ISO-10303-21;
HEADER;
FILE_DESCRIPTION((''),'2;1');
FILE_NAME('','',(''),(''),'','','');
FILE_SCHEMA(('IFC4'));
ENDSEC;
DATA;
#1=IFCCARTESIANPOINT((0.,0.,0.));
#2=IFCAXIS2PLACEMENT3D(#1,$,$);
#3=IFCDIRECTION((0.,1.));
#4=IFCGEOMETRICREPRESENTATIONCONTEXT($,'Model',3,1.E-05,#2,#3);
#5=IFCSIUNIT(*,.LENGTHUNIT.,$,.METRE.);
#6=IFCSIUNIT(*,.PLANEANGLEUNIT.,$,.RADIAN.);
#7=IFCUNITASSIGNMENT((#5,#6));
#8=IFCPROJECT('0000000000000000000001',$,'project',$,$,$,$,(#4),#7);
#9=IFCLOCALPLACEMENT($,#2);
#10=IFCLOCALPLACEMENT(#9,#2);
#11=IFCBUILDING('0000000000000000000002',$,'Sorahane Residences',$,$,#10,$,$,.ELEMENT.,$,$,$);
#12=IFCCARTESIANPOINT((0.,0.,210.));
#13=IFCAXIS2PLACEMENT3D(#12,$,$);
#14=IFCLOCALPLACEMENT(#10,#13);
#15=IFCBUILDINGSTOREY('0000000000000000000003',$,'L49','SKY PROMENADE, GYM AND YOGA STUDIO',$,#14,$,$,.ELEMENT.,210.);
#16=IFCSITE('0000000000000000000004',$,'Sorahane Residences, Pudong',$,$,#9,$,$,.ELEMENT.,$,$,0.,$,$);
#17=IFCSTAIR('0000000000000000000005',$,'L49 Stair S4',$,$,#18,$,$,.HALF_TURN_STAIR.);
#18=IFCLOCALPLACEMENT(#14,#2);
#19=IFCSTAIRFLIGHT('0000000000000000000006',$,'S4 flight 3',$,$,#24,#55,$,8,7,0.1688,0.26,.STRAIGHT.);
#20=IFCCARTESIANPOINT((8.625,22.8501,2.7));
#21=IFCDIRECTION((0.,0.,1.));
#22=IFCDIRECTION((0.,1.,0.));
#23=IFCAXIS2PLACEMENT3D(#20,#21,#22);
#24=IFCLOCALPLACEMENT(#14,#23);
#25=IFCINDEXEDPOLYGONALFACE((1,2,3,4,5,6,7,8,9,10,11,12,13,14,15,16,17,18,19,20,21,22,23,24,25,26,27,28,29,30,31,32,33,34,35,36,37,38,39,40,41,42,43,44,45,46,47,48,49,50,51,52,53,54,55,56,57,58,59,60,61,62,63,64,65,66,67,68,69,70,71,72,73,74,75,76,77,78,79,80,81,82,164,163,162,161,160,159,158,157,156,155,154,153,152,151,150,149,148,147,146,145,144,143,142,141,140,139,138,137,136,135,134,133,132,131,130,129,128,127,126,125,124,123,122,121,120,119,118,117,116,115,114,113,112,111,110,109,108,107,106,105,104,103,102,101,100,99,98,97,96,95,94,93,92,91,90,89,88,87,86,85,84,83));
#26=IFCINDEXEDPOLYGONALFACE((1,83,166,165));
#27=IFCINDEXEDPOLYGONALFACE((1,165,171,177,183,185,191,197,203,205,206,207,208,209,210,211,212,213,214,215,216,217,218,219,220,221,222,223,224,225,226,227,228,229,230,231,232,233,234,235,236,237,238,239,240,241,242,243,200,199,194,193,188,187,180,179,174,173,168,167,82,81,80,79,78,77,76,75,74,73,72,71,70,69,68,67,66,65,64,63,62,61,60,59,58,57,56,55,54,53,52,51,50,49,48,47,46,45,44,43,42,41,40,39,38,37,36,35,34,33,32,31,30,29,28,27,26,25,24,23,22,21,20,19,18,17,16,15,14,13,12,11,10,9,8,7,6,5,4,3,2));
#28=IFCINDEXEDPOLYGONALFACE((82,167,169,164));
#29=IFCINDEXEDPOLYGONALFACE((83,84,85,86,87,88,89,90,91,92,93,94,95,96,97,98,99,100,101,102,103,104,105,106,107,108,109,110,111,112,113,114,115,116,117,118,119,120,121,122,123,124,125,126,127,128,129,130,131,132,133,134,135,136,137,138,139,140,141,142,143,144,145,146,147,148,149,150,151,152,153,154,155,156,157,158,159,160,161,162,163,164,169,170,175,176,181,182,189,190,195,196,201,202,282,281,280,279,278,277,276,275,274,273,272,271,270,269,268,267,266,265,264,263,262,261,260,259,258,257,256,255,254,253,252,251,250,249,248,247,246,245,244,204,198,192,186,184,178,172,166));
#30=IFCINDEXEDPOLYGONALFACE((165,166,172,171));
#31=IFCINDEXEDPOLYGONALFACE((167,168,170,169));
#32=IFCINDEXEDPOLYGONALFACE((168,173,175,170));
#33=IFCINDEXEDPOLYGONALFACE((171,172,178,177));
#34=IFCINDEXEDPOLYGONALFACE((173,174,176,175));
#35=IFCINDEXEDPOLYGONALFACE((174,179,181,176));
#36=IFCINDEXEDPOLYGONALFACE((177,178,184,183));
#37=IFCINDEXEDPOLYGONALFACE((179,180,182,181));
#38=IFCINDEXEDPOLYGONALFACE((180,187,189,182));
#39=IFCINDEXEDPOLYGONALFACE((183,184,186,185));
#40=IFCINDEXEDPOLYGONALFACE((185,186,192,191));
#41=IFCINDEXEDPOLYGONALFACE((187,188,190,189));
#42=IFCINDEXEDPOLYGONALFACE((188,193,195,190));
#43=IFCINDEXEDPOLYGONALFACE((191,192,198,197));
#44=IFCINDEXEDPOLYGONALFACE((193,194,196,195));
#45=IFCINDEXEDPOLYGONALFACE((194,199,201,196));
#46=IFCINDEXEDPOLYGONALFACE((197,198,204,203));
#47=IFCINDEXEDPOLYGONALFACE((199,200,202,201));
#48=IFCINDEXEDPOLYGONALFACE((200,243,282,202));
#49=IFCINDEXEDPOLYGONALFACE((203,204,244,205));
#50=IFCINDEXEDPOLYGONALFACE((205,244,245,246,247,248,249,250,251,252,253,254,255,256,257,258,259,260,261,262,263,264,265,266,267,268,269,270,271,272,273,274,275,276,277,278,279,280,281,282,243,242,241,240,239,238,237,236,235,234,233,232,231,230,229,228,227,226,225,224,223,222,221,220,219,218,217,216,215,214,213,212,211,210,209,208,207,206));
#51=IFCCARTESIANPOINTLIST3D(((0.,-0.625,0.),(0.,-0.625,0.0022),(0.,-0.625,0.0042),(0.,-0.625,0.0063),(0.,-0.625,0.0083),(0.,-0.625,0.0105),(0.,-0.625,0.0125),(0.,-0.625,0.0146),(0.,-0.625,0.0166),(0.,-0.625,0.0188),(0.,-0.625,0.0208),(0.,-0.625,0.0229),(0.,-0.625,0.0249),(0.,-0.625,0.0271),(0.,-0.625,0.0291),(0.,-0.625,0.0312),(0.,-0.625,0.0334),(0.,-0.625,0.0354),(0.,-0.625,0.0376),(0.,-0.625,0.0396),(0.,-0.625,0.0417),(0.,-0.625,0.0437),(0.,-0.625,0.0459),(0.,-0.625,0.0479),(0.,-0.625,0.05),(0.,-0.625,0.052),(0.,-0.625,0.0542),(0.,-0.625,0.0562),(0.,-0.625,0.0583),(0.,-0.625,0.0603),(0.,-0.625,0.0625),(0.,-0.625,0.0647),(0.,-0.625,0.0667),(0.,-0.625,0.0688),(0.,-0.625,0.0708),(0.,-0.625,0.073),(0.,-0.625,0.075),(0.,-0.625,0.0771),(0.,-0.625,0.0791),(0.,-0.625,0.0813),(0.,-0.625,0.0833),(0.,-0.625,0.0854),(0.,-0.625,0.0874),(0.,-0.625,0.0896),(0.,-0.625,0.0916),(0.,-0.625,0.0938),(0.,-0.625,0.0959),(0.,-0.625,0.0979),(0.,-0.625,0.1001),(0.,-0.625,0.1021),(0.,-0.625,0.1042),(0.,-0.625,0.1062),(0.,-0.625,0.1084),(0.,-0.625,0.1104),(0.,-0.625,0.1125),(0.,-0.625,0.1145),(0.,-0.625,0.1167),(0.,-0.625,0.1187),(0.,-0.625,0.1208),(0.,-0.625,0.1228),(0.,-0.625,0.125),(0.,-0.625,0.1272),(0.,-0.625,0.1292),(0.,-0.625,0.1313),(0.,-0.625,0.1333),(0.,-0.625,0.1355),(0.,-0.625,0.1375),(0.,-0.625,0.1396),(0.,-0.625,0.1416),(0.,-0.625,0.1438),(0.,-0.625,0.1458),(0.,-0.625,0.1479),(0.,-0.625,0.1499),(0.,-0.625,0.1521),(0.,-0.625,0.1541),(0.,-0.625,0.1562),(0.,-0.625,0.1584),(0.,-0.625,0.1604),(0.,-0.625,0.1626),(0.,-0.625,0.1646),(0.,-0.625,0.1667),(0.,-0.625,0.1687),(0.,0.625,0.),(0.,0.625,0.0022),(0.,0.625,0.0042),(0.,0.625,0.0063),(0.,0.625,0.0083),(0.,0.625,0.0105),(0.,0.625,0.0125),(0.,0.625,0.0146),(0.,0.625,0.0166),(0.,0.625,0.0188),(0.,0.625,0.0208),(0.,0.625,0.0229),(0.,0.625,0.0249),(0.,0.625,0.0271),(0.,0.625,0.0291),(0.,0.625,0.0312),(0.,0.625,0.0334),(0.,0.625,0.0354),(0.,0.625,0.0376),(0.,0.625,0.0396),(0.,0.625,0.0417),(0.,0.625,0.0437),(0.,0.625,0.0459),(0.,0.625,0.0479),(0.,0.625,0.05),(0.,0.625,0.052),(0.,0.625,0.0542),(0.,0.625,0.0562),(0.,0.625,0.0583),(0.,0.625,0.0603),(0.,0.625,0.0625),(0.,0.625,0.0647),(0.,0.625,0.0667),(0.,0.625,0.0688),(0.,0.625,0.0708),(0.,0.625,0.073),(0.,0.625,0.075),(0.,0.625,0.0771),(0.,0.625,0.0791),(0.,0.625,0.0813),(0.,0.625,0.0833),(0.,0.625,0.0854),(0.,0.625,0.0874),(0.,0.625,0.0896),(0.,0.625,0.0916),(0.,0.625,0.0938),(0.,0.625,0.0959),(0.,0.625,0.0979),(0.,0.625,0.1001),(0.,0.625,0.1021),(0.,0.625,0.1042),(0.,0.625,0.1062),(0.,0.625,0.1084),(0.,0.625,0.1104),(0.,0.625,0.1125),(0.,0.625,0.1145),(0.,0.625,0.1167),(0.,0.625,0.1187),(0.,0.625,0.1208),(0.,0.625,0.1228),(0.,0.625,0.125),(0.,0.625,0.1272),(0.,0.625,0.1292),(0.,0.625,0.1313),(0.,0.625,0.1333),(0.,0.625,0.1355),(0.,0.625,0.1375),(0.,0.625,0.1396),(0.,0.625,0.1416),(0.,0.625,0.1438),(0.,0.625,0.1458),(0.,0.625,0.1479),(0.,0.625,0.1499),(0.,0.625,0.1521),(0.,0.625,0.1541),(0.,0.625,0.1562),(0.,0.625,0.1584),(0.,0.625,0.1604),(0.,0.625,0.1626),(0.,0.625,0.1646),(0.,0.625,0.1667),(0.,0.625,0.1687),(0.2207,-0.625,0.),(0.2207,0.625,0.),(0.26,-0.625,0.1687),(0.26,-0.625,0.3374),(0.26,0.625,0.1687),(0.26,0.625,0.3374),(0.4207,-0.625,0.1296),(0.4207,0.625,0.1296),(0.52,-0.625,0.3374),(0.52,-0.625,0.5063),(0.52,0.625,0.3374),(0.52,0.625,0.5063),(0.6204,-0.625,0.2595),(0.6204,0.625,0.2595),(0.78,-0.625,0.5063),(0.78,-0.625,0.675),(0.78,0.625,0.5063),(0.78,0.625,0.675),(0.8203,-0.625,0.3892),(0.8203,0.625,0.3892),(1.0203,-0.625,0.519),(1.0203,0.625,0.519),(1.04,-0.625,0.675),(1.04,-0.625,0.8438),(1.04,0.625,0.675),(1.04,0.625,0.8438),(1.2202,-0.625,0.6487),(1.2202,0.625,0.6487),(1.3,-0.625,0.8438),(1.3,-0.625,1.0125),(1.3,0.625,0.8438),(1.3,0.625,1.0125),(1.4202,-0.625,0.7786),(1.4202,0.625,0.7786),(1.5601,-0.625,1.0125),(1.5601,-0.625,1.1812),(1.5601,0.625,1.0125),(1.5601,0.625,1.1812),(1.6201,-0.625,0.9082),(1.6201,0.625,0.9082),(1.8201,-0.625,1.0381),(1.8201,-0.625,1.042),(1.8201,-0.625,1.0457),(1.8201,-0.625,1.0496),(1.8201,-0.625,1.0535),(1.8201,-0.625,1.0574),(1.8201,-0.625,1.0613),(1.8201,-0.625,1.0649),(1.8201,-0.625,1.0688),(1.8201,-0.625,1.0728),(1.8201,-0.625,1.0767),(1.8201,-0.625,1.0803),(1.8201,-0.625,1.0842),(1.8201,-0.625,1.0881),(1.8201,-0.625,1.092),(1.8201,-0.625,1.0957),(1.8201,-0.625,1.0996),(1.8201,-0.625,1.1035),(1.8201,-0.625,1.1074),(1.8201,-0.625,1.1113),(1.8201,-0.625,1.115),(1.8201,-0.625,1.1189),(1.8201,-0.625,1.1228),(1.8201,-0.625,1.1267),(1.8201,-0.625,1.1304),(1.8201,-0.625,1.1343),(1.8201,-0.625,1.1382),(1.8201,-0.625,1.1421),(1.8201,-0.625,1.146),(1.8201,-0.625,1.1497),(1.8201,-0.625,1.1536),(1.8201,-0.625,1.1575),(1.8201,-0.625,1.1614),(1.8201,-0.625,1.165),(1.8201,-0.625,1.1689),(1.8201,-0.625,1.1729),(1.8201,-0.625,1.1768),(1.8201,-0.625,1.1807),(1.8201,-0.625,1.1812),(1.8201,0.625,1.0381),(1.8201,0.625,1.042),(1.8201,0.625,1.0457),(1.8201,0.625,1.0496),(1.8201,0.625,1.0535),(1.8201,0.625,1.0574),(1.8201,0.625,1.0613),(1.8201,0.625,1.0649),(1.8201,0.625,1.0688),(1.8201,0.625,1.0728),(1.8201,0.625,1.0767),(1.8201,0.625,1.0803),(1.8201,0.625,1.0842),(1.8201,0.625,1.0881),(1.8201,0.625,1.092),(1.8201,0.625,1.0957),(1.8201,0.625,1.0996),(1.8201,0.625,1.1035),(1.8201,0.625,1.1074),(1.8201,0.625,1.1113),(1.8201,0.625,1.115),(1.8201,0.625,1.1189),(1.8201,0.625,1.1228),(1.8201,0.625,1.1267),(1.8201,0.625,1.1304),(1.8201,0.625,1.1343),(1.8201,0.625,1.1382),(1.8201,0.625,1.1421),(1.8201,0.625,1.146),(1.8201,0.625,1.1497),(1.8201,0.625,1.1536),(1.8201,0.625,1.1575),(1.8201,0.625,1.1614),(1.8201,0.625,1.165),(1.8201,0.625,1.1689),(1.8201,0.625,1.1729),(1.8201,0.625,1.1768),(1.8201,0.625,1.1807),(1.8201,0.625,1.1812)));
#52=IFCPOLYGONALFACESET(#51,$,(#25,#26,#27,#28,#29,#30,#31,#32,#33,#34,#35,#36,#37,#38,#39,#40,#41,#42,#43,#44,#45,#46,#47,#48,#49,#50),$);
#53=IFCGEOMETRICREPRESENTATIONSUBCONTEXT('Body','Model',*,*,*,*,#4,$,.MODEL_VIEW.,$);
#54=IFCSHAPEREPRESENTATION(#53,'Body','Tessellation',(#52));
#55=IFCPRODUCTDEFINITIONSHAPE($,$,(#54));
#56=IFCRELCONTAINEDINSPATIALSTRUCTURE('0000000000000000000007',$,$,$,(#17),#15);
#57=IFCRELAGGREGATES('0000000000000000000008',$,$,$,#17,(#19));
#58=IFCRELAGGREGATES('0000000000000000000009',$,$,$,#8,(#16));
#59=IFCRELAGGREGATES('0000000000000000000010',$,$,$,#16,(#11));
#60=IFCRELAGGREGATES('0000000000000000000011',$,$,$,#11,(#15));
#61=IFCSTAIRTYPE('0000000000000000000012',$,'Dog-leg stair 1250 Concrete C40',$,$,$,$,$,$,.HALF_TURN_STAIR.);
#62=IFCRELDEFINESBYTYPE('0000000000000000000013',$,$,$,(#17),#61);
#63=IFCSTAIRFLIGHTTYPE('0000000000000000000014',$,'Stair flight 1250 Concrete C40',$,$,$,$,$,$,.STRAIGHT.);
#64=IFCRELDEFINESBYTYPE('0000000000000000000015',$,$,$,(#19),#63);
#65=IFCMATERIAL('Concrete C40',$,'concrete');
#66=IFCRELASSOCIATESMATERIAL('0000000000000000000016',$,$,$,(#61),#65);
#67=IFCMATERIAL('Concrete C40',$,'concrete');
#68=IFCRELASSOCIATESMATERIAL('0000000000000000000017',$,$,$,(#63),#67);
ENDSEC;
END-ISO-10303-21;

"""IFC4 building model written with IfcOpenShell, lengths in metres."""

from ifc_helpers import new_model, si_unit, direction, frame, origin, place, context, subcontext, project, spatial, polyline, outline, extrude, material, type_object, element, aggregate, save


model = new_model("IFC4")

# Units and contexts
model_context = context("Model", 3, precision=1e-05, world=origin(), true_north=direction((0.0, 1.0)))
body_context = subcontext(model_context, "Body", "Model", "MODEL_VIEW")
ifc_project = project(units=[si_unit("LENGTHUNIT", "METRE"), si_unit("PLANEANGLEUNIT", "RADIAN")], contexts=[model_context])

# Site, building, storey
site_placement = place(None, origin())
site = spatial("IfcSite", under=ifc_project, at=site_placement, Name="Sorahane Residences, Pudong", CompositionType="ELEMENT", RefElevation=0.0)
building_placement = place(site_placement, origin())
building = spatial("IfcBuilding", under=site, at=building_placement, Name="Sorahane Residences", CompositionType="ELEMENT")
storey_placement = place(building_placement, frame((0.0, 0.0, 210.0)))
storey = spatial("IfcBuildingStorey", under=building, at=storey_placement, Name="L49", Description="SKY PROMENADE, GYM AND YOGA STUDIO", CompositionType="ELEMENT", Elevation=210.0)

# Stair, stair flight
ifc_material_1 = material(Name="Concrete C40", Category="concrete")
stair_type = type_object("IfcStairType", Name="Dog-leg stair 1250 Concrete C40", PredefinedType="HALF_TURN_STAIR", material=ifc_material_1)
stair_placement = place(storey_placement, origin())
stair = element("IfcStair", 1, at=stair_placement, inside=storey, type_object=stair_type, Name="L49 Stair S4", PredefinedType="HALF_TURN_STAIR")
ifc_material_2 = material(Name="Concrete C40", Category="concrete")
stair_flight_type = type_object("IfcStairFlightType", Name="Stair flight 1250 Concrete C40", PredefinedType="STRAIGHT", material=ifc_material_2)
stair_flight_1_placement = place(storey_placement, frame((8.625, 22.8501, 2.7), z_axis=(0.0, 0.0, 1.0), x_axis=(0.0, 1.0, 0.0)))
stair_flight_1 = element("IfcStairFlight", 2, at=stair_flight_1_placement, type_object=stair_flight_type, Name="S4 flight 3", NumberOfRisers=8, NumberOfTreads=7, PredefinedType="STRAIGHT", RiserHeight=0.1688, TreadLength=0.26, context=body_context, shape_type="SweptSolid", body=[
    extrude(outline(polyline([(0.0, 0.0), (0.0, 0.0022), (0.0, 0.0042), (0.0, 0.0063), (0.0, 0.0083), (0.0, 0.0105), (0.0, 0.0125), (0.0, 0.0146), (0.0, 0.0166), (0.0, 0.0188), (0.0, 0.0208), (0.0, 0.0229), (0.0, 0.0249), (0.0, 0.0271), (0.0, 0.0291), (0.0, 0.0312), (0.0, 0.0334), (0.0, 0.0354), (0.0, 0.0376), (0.0, 0.0396), (0.0, 0.0417), (0.0, 0.0437), (0.0, 0.0459), (0.0, 0.0479), (0.0, 0.05), (0.0, 0.052), (0.0, 0.0542), (0.0, 0.0562), (0.0, 0.0583), (0.0, 0.0603), (0.0, 0.0625), (0.0, 0.0647), (0.0, 0.0667), (0.0, 0.0688), (0.0, 0.0708), (0.0, 0.073), (0.0, 0.075), (0.0, 0.0771), (0.0, 0.0791), (0.0, 0.0813), (0.0, 0.0833), (0.0, 0.0854), (0.0, 0.0874), (0.0, 0.0896), (0.0, 0.0916), (0.0, 0.0938), (0.0, 0.0959), (0.0, 0.0979), (0.0, 0.1001), (0.0, 0.1021), (0.0, 0.1042), (0.0, 0.1062), (0.0, 0.1084), (0.0, 0.1104), (0.0, 0.1125), (0.0, 0.1145), (0.0, 0.1167), (0.0, 0.1187), (0.0, 0.1208), (0.0, 0.1228), (0.0, 0.125), (0.0, 0.1272), (0.0, 0.1292), (0.0, 0.1313), (0.0, 0.1333), (0.0, 0.1355), (0.0, 0.1375), (0.0, 0.1396), (0.0, 0.1416), (0.0, 0.1438), (0.0, 0.1458), (0.0, 0.1479), (0.0, 0.1499), (0.0, 0.1521), (0.0, 0.1541), (0.0, 0.1562), (0.0, 0.1584), (0.0, 0.1604), (0.0, 0.1626), (0.0, 0.1646), (0.0, 0.1667), (0.0, 0.1687), (0.26, 0.1687), (0.26, 0.3374), (0.52, 0.3374), (0.52, 0.5063), (0.78, 0.5063), (0.78, 0.675), (1.04, 0.675), (1.04, 0.8438), (1.3, 0.8438), (1.3, 1.0125), (1.5601, 1.0125), (1.5601, 1.1812), (1.8201, 1.1812), (1.8201, 1.3501), (1.8201, 1.3462), (1.8201, 1.3423), (1.8201, 1.3384), (1.8201, 1.3347), (1.8201, 1.3308), (1.8201, 1.3269), (1.8201, 1.323), (1.8201, 1.3191), (1.8201, 1.3154), (1.8201, 1.3115), (1.8201, 1.3076), (1.8201, 1.3037), (1.8201, 1.3), (1.8201, 1.2961), (1.8201, 1.2922), (1.8201, 1.2883), (1.8201, 1.2844), (1.8201, 1.2808), (1.8201, 1.2769), (1.8201, 1.2729), (1.8201, 1.269), (1.8201, 1.2654), (1.8201, 1.2615), (1.8201, 1.2576), (1.8201, 1.2537), (1.8201, 1.2498), (1.8201, 1.2461), (1.8201, 1.2422), (1.8201, 1.2383), (1.8201, 1.2344), (1.8201, 1.2307), (1.8201, 1.2268), (1.8201, 1.2229), (1.8201, 1.219), (1.8201, 1.2151), (1.8201, 1.2114), (1.8201, 1.2075), (1.8201, 1.2036), (1.8201, 1.1997), (1.8201, 1.196), (1.8201, 1.1921), (1.8201, 1.1882), (1.8201, 1.1843), (1.8201, 1.1807), (1.8201, 1.1768), (1.8201, 1.1729), (1.8201, 1.1689), (1.8201, 1.165), (1.8201, 1.1614), (1.8201, 1.1575), (1.8201, 1.1536), (1.8201, 1.1497), (1.8201, 1.146), (1.8201, 1.1421), (1.8201, 1.1382), (1.8201, 1.1343), (1.8201, 1.1304), (1.8201, 1.1267), (1.8201, 1.1228), (1.8201, 1.1189), (1.8201, 1.115), (1.8201, 1.1113), (1.8201, 1.1074), (1.8201, 1.1035), (1.8201, 1.0996), (1.8201, 1.0957), (1.8201, 1.092), (1.8201, 1.0881), (1.8201, 1.0842), (1.8201, 1.0803), (1.8201, 1.0767), (1.8201, 1.0728), (1.8201, 1.0688), (1.8201, 1.0649), (1.8201, 1.0613), (1.8201, 1.0574), (1.8201, 1.0535), (1.8201, 1.0496), (1.8201, 1.0457), (1.8201, 1.042), (1.8201, 1.0381), (1.6201, 0.9082), (1.4202, 0.7786), (1.2202, 0.6487), (1.0203, 0.519), (0.8203, 0.3892), (0.6204, 0.2595), (0.4207, 0.1296), (0.2207, 0.0), (0.0, 0.0)])), frame((0.0, 0.625, 0.0), z_axis=(0.0, -1.0, 0.0), x_axis=(1.0, 0.0, 0.0)), (0.0, 0.0, 1.0), 1.25),
])
aggregate(stair, [stair_flight_1])

save(model, "model.ifc")
